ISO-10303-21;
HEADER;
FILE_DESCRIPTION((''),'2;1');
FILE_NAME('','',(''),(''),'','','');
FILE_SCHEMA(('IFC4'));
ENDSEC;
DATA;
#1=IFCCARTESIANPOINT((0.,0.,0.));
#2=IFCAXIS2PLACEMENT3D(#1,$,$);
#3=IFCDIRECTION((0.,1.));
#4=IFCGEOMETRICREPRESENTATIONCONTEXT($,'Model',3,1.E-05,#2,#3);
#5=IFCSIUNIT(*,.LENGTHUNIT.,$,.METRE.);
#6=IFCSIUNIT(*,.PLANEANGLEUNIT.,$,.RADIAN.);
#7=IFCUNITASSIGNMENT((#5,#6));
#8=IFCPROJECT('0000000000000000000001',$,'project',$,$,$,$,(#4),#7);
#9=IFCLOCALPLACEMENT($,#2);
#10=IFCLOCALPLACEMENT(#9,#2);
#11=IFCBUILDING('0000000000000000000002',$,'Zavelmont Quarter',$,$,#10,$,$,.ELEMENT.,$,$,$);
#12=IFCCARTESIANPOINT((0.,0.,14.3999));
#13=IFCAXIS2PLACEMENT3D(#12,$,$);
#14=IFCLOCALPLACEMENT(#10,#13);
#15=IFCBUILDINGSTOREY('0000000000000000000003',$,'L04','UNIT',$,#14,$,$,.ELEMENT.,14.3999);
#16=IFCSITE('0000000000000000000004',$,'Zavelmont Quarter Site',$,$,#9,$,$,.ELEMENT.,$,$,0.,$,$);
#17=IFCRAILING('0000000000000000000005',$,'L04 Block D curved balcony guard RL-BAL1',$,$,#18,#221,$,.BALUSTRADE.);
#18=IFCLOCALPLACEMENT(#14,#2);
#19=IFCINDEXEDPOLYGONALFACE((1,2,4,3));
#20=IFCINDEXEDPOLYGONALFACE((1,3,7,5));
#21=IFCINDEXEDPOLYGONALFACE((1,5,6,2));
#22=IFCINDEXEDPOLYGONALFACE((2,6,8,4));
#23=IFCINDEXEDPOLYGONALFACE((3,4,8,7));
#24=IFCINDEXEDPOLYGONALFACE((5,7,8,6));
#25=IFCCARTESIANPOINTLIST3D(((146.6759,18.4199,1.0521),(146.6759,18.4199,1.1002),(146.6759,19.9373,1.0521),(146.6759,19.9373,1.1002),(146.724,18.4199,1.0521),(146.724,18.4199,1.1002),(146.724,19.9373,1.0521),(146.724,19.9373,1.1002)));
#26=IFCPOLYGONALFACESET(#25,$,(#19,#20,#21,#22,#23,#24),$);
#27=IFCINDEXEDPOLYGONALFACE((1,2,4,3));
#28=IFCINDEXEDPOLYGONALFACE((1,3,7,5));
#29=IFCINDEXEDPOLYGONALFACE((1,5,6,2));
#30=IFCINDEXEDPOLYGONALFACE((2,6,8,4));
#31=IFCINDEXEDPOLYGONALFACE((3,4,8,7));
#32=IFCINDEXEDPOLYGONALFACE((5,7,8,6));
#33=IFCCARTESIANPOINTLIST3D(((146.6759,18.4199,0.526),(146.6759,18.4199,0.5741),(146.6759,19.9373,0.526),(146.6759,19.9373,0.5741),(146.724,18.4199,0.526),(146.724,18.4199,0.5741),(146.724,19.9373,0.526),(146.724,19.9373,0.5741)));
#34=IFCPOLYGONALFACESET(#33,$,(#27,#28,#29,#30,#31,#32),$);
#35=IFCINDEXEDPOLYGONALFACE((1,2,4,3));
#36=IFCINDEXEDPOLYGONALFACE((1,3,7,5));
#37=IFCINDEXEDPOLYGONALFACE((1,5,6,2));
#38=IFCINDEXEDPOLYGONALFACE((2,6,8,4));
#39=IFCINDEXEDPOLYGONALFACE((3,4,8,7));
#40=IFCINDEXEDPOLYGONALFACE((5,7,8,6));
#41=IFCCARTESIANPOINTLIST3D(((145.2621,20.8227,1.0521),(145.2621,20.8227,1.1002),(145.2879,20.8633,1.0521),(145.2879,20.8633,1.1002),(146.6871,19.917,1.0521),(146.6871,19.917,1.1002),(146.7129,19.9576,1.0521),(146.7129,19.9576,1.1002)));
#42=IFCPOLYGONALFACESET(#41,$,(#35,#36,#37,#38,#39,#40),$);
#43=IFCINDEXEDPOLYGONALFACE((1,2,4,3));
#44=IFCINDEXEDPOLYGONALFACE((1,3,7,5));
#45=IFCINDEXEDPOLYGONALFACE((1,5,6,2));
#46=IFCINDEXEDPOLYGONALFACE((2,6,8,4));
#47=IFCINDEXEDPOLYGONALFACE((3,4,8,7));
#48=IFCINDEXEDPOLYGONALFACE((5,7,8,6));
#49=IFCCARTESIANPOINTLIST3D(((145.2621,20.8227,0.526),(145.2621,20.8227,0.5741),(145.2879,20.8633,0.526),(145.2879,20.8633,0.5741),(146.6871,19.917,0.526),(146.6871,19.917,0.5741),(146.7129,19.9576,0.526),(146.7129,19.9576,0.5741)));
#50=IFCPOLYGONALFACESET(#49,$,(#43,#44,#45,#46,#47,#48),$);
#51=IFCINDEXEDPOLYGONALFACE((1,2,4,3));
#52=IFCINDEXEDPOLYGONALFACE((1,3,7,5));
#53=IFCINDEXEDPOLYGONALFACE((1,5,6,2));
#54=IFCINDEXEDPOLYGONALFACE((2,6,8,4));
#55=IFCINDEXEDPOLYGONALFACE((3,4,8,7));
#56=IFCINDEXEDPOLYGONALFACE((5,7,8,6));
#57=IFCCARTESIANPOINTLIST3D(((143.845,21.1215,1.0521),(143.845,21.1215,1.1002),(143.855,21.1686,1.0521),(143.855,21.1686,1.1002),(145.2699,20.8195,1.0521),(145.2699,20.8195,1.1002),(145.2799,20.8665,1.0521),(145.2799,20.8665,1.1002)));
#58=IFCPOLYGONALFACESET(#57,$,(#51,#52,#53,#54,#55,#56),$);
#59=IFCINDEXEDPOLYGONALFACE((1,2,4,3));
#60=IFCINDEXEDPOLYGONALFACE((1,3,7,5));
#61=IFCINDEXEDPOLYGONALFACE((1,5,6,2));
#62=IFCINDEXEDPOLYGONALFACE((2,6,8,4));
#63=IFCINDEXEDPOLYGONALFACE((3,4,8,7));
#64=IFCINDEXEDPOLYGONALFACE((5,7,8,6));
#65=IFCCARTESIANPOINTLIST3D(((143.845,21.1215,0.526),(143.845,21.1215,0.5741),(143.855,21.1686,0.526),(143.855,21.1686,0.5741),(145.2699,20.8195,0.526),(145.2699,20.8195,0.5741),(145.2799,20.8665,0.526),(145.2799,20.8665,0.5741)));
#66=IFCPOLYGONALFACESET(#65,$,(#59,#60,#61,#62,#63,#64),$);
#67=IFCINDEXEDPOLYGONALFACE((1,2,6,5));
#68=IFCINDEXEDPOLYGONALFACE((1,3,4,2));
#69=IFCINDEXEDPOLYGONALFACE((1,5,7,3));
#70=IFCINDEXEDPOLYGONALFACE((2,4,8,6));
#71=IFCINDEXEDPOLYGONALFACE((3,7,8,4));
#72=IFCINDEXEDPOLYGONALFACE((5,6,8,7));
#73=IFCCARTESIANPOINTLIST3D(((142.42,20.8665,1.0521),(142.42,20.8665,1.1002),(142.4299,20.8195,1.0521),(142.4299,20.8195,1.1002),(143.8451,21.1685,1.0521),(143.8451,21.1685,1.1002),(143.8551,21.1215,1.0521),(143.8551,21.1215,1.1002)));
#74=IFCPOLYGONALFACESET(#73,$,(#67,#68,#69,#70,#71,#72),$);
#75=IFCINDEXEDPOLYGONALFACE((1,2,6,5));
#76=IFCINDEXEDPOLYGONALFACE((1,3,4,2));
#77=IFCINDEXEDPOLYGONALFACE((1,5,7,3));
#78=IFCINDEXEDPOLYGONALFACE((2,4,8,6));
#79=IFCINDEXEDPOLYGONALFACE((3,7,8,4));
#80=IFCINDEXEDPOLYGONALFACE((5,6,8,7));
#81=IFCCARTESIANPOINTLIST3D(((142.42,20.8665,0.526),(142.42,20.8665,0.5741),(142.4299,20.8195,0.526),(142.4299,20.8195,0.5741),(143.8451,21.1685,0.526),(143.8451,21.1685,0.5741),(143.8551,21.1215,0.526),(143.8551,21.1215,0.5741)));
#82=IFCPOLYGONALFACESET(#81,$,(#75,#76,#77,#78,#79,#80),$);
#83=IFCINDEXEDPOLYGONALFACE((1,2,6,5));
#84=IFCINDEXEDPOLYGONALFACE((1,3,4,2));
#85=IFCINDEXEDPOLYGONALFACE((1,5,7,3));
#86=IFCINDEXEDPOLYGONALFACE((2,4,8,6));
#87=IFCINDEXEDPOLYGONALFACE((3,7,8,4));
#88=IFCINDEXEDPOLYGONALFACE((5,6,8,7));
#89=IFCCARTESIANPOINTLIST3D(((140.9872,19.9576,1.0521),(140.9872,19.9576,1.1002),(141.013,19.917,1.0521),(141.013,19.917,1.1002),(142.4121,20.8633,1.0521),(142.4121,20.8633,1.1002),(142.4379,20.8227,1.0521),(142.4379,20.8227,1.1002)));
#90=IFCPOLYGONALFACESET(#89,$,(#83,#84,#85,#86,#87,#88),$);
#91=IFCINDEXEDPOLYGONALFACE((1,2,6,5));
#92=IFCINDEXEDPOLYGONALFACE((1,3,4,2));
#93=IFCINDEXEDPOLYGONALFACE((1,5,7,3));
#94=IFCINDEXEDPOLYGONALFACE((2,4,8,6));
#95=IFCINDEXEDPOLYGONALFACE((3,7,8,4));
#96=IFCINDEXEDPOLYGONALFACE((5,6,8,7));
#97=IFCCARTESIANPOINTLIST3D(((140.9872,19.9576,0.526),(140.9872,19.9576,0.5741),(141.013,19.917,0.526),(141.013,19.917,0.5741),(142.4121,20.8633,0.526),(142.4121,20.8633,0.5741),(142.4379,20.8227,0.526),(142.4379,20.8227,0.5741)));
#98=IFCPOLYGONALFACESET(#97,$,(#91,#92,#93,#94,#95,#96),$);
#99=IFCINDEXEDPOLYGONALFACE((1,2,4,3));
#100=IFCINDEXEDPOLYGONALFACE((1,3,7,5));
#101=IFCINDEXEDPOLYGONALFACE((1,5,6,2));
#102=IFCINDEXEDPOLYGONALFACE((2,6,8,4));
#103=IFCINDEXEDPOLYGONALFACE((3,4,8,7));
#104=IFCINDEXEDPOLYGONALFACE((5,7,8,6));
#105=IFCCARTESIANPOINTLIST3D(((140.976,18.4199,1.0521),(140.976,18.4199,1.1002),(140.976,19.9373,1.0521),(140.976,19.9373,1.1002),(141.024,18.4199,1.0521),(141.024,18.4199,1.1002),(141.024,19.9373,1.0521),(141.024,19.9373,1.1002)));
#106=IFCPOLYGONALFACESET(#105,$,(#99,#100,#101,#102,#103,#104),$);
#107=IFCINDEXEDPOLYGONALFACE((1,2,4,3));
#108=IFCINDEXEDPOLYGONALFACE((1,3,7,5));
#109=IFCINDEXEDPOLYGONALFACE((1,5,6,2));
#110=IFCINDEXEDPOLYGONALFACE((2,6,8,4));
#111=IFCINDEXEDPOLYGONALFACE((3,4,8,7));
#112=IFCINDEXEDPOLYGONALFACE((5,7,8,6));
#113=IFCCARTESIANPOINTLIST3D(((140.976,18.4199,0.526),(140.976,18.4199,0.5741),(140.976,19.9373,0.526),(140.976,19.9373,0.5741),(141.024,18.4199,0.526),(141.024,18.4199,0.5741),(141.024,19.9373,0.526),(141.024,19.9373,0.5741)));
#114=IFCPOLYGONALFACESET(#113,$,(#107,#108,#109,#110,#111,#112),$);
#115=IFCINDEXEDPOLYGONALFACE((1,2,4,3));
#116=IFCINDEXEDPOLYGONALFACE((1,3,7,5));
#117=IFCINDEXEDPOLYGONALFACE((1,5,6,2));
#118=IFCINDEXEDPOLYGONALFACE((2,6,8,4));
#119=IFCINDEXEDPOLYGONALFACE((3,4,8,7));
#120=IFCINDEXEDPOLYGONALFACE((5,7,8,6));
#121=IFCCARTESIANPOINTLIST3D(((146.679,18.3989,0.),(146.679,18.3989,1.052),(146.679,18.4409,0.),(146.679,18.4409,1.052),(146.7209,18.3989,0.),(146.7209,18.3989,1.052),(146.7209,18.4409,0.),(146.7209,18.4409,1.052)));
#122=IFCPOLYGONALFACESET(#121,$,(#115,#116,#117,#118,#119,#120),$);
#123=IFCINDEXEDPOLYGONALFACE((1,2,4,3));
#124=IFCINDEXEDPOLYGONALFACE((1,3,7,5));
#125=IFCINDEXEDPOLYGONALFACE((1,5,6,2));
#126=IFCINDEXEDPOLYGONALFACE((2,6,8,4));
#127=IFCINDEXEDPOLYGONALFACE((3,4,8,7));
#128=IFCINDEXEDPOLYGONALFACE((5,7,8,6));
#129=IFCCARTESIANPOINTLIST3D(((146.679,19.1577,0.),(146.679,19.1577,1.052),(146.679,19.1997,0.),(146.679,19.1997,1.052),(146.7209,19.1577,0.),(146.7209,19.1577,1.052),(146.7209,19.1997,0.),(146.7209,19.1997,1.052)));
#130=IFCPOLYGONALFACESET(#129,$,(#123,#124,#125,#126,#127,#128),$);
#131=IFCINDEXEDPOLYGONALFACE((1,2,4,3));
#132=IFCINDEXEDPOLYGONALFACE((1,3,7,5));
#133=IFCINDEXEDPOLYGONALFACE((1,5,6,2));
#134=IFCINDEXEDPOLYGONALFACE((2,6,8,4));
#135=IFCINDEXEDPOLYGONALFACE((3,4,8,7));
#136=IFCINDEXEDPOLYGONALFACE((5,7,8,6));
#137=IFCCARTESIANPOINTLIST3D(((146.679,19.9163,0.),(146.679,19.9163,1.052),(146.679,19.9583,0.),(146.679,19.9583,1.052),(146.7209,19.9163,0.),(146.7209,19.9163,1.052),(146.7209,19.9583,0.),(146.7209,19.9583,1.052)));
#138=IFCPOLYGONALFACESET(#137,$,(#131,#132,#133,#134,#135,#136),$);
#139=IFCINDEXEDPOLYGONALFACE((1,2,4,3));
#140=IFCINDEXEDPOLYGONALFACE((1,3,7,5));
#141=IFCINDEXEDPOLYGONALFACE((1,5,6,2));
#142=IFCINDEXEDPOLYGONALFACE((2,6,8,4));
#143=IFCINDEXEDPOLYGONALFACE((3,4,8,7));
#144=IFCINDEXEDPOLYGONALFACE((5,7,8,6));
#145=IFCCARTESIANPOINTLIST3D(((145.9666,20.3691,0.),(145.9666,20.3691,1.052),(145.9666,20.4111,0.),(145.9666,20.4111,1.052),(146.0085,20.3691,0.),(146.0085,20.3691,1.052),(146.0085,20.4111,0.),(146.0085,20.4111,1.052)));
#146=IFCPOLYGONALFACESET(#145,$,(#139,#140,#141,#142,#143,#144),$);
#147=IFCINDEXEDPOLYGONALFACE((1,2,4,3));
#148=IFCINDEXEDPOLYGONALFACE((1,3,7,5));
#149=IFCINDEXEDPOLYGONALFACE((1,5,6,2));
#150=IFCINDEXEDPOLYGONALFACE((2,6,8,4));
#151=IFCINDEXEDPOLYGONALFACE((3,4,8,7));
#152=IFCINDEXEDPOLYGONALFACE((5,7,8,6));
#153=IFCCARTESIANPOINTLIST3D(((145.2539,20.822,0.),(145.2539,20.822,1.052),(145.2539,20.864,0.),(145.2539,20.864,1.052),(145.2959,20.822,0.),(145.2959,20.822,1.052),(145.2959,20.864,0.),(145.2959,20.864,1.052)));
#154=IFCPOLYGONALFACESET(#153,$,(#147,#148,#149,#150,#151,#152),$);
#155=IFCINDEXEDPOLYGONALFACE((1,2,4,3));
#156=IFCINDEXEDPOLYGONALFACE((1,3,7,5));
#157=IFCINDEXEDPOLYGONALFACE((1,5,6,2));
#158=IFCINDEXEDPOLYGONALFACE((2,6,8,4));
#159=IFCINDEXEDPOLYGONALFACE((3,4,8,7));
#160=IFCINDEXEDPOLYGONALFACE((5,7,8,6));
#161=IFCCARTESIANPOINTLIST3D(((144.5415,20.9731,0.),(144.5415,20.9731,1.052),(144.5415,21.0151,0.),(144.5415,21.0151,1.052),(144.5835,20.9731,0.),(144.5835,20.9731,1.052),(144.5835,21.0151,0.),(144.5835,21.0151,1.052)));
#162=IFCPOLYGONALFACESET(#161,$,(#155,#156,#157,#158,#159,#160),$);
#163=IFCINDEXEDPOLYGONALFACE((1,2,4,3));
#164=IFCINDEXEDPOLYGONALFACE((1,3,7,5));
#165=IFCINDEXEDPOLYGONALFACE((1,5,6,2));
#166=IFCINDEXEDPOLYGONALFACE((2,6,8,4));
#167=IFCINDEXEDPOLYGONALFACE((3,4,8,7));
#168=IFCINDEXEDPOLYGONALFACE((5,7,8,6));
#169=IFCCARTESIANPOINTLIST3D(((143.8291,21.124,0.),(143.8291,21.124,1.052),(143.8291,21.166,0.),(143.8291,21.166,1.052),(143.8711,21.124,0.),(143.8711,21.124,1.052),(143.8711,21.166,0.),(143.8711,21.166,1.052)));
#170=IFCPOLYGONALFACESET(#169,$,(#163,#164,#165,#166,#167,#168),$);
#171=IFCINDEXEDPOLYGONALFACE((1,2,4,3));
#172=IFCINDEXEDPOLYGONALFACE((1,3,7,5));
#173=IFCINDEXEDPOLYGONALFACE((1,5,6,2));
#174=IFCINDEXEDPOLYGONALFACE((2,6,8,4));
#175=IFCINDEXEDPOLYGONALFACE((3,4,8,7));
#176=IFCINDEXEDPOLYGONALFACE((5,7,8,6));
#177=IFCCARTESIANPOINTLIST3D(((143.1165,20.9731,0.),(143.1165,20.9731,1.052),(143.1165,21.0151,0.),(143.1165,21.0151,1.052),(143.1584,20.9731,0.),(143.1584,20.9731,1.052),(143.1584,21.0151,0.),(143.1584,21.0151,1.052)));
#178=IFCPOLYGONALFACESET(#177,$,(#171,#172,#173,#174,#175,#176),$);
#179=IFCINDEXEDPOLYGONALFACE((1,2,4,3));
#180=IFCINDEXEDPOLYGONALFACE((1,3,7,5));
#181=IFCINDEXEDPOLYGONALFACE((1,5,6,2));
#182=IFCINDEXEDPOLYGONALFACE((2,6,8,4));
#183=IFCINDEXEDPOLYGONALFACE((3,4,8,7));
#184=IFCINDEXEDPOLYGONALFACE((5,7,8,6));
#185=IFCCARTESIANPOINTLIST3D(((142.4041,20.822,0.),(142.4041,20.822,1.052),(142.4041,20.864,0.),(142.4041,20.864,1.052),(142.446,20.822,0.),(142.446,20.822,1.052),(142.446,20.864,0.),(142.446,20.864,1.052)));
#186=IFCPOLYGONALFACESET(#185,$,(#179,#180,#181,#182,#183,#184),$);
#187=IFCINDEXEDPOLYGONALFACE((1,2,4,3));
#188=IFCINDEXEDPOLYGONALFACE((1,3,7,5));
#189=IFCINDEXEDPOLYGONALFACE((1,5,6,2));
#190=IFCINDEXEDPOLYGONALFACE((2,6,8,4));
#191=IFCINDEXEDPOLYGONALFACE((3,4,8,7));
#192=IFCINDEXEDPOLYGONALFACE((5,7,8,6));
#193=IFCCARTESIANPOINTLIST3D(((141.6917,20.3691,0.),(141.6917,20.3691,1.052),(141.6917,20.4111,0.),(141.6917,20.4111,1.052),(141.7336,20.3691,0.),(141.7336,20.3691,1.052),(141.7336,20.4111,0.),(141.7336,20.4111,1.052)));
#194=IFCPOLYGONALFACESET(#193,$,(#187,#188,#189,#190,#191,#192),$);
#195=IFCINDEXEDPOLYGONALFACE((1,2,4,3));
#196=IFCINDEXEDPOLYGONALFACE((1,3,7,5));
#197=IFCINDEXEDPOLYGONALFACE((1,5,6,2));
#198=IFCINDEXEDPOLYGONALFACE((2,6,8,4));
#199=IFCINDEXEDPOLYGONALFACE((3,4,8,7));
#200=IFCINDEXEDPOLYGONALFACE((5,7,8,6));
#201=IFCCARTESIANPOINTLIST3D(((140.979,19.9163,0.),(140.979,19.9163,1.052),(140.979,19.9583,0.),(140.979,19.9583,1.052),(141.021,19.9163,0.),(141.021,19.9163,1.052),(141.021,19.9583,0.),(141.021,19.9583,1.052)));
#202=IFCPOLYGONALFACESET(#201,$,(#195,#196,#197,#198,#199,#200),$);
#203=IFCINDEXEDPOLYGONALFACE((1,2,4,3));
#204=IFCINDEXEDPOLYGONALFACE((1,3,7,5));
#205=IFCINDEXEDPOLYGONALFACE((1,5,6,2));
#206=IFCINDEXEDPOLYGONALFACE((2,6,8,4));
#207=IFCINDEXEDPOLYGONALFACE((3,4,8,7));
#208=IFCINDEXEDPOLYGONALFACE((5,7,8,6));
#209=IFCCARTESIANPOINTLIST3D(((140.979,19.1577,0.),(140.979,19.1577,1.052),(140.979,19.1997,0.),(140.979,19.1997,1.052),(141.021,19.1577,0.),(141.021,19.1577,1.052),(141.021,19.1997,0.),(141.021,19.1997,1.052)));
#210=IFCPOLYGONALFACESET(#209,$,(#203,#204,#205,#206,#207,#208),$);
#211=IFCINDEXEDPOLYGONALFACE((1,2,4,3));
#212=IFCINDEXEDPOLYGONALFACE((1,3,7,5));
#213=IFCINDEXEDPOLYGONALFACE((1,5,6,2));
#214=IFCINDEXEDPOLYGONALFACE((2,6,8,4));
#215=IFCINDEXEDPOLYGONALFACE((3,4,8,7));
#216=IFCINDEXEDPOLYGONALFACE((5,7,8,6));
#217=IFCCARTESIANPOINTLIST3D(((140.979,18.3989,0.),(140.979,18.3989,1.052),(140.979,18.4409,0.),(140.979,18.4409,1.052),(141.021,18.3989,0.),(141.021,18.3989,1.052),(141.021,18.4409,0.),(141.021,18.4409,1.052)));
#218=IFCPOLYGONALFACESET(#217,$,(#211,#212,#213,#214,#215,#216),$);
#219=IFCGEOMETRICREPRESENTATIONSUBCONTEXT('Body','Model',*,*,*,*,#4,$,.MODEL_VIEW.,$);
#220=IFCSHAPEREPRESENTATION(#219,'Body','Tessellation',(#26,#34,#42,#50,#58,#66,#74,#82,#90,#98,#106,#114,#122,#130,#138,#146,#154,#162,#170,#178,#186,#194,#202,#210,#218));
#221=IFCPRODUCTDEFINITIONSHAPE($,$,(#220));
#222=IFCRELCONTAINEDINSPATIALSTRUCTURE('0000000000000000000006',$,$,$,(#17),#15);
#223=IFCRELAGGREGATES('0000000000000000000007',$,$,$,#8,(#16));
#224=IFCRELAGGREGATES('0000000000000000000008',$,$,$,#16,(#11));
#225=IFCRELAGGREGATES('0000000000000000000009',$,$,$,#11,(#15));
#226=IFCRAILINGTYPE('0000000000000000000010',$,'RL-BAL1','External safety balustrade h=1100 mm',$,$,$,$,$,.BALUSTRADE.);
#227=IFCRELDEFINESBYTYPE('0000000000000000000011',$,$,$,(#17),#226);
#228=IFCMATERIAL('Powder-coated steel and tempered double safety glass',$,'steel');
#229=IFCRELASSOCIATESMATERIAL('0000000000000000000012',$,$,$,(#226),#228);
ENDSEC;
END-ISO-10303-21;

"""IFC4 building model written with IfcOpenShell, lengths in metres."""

from ifc_helpers import new_model, si_unit, direction, frame, origin, origin_2d, place, context, subcontext, project, spatial, rectangle, extrude, material, type_object, element, save


model = new_model("IFC4")

# Units and contexts
model_context = context("Model", 3, precision=1e-05, world=origin(), true_north=direction((0.0, 1.0)))
body_context = subcontext(model_context, "Body", "Model", "MODEL_VIEW")
ifc_project = project(units=[si_unit("LENGTHUNIT", "METRE"), si_unit("PLANEANGLEUNIT", "RADIAN")], contexts=[model_context])

# Site, building, storey
site_placement = place(None, origin())
site = spatial("IfcSite", under=ifc_project, at=site_placement, Name="Zavelmont Quarter Site", CompositionType="ELEMENT", RefElevation=0.0)
building_placement = place(site_placement, origin())
building = spatial("IfcBuilding", under=site, at=building_placement, Name="Zavelmont Quarter", CompositionType="ELEMENT")
storey_placement = place(building_placement, frame((0.0, 0.0, 14.3999)))
storey = spatial("IfcBuildingStorey", under=building, at=storey_placement, Name="L04", Description="UNIT", CompositionType="ELEMENT", Elevation=14.3999)

# Railing
ifc_material_1 = material(Name="Powder-coated steel and tempered double safety glass", Category="steel")
railing_type = type_object("IfcRailingType", Name="RL-BAL1", Description="External safety balustrade h=1100 mm", PredefinedType="BALUSTRADE", material=ifc_material_1)
railing_placement = place(storey_placement, frame((146.7, 18.4199, 0.0)))
element("IfcRailing", 1, at=railing_placement, inside=storey, type_object=railing_type, Name="L04 Block D curved balcony guard RL-BAL1", PredefinedType="BALUSTRADE", context=body_context, shape_type="SweptSolid", body=[
    extrude(rectangle(XDim=0.0481, YDim=0.0481, at=origin_2d()), frame((0.0, 0.0, 1.0762), z_axis=(0.0, 1.0, 0.0), x_axis=(-1.0, 0.0, 0.0)), (0.0, 0.0, 1.0), 1.5173),
    extrude(rectangle(XDim=0.0481, YDim=0.0481, at=origin_2d()), frame((0.0, 0.0, 0.55), z_axis=(0.0, 1.0, 0.0), x_axis=(-1.0, 0.0, 0.0)), (0.0, 0.0, 1.0), 1.5173),
    extrude(rectangle(XDim=0.0481, YDim=0.0481, at=origin_2d()), frame((0.0, 1.5173, 1.0762), z_axis=(-0.843953, 0.536417, 0.0), x_axis=(-0.536417, -0.843953, 0.0)), (0.0, 0.0, 1.0), 1.6885),
    extrude(rectangle(XDim=0.0481, YDim=0.0481, at=origin_2d()), frame((0.0, 1.5173, 0.55), z_axis=(-0.843953, 0.536417, 0.0), x_axis=(-0.536417, -0.843953, 0.0)), (0.0, 0.0, 1.0), 1.6885),
    extrude(rectangle(XDim=0.0481, YDim=0.0481, at=origin_2d()), frame((-1.425, 2.4231, 1.0762), z_axis=(-0.978266, 0.207354, 0.0), x_axis=(-0.207354, -0.978266, 0.0)), (0.0, 0.0, 1.0), 1.4565),
    extrude(rectangle(XDim=0.0481, YDim=0.0481, at=origin_2d()), frame((-1.425, 2.4231, 0.55), z_axis=(-0.978266, 0.207354, 0.0), x_axis=(-0.207354, -0.978266, 0.0)), (0.0, 0.0, 1.0), 1.4565),
    extrude(rectangle(XDim=0.0481, YDim=0.0481, at=origin_2d()), frame((-2.8499, 2.7251, 1.0762), z_axis=(-0.978273, -0.20732, 0.0), x_axis=(0.20732, -0.978273, 0.0)), (0.0, 0.0, 1.0), 1.4568),
    extrude(rectangle(XDim=0.0481, YDim=0.0481, at=origin_2d()), frame((-2.8499, 2.7251, 0.55), z_axis=(-0.978273, -0.20732, 0.0), x_axis=(0.20732, -0.978273, 0.0)), (0.0, 0.0, 1.0), 1.4568),
    extrude(rectangle(XDim=0.0481, YDim=0.0481, at=origin_2d()), frame((-4.2749, 2.4231, 1.0762), z_axis=(-0.843953, -0.536417, 0.0), x_axis=(0.536417, -0.843953, 0.0)), (0.0, 0.0, 1.0), 1.6885),
    extrude(rectangle(XDim=0.0481, YDim=0.0481, at=origin_2d()), frame((-4.2749, 2.4231, 0.55), z_axis=(-0.843953, -0.536417, 0.0), x_axis=(0.536417, -0.843953, 0.0)), (0.0, 0.0, 1.0), 1.6885),
    extrude(rectangle(XDim=0.0481, YDim=0.0481, at=origin_2d()), frame((-5.7, 1.5173, 1.0762), z_axis=(0.0, -1.0, 0.0), x_axis=(1.0, 0.0, 0.0)), (0.0, 0.0, 1.0), 1.5173),
    extrude(rectangle(XDim=0.0481, YDim=0.0481, at=origin_2d()), frame((-5.7, 1.5173, 0.55), z_axis=(0.0, -1.0, 0.0), x_axis=(1.0, 0.0, 0.0)), (0.0, 0.0, 1.0), 1.5173),
    extrude(rectangle(XDim=0.042, YDim=0.042, at=origin_2d()), origin(), (0.0, 0.0, 1.0), 1.052),
    extrude(rectangle(XDim=0.042, YDim=0.042, at=origin_2d()), frame((0.0, 0.7588, 0.0)), (0.0, 0.0, 1.0), 1.052),
    extrude(rectangle(XDim=0.042, YDim=0.042, at=origin_2d()), frame((0.0, 1.5173, 0.0)), (0.0, 0.0, 1.0), 1.052),
    extrude(rectangle(XDim=0.042, YDim=0.042, at=origin_2d()), frame((-0.7124, 1.9702, 0.0)), (0.0, 0.0, 1.0), 1.052),
    extrude(rectangle(XDim=0.042, YDim=0.042, at=origin_2d()), frame((-1.425, 2.4231, 0.0)), (0.0, 0.0, 1.0), 1.052),
    extrude(rectangle(XDim=0.042, YDim=0.042, at=origin_2d()), frame((-2.1375, 2.5742, 0.0)), (0.0, 0.0, 1.0), 1.052),
    extrude(rectangle(XDim=0.042, YDim=0.042, at=origin_2d()), frame((-2.8499, 2.7251, 0.0)), (0.0, 0.0, 1.0), 1.052),
    extrude(rectangle(XDim=0.042, YDim=0.042, at=origin_2d()), frame((-3.5625, 2.5742, 0.0)), (0.0, 0.0, 1.0), 1.052),
    extrude(rectangle(XDim=0.042, YDim=0.042, at=origin_2d()), frame((-4.2749, 2.4231, 0.0)), (0.0, 0.0, 1.0), 1.052),
    extrude(rectangle(XDim=0.042, YDim=0.042, at=origin_2d()), frame((-4.9873, 1.9702, 0.0)), (0.0, 0.0, 1.0), 1.052),
    extrude(rectangle(XDim=0.042, YDim=0.042, at=origin_2d()), frame((-5.7, 1.5173, 0.0)), (0.0, 0.0, 1.0), 1.052),
    extrude(rectangle(XDim=0.042, YDim=0.042, at=origin_2d()), frame((-5.7, 0.7588, 0.0)), (0.0, 0.0, 1.0), 1.052),
    extrude(rectangle(XDim=0.042, YDim=0.042, at=origin_2d()), frame((-5.7, 0.0, 0.0)), (0.0, 0.0, 1.0), 1.052),
])

save(model, "model.ifc")
